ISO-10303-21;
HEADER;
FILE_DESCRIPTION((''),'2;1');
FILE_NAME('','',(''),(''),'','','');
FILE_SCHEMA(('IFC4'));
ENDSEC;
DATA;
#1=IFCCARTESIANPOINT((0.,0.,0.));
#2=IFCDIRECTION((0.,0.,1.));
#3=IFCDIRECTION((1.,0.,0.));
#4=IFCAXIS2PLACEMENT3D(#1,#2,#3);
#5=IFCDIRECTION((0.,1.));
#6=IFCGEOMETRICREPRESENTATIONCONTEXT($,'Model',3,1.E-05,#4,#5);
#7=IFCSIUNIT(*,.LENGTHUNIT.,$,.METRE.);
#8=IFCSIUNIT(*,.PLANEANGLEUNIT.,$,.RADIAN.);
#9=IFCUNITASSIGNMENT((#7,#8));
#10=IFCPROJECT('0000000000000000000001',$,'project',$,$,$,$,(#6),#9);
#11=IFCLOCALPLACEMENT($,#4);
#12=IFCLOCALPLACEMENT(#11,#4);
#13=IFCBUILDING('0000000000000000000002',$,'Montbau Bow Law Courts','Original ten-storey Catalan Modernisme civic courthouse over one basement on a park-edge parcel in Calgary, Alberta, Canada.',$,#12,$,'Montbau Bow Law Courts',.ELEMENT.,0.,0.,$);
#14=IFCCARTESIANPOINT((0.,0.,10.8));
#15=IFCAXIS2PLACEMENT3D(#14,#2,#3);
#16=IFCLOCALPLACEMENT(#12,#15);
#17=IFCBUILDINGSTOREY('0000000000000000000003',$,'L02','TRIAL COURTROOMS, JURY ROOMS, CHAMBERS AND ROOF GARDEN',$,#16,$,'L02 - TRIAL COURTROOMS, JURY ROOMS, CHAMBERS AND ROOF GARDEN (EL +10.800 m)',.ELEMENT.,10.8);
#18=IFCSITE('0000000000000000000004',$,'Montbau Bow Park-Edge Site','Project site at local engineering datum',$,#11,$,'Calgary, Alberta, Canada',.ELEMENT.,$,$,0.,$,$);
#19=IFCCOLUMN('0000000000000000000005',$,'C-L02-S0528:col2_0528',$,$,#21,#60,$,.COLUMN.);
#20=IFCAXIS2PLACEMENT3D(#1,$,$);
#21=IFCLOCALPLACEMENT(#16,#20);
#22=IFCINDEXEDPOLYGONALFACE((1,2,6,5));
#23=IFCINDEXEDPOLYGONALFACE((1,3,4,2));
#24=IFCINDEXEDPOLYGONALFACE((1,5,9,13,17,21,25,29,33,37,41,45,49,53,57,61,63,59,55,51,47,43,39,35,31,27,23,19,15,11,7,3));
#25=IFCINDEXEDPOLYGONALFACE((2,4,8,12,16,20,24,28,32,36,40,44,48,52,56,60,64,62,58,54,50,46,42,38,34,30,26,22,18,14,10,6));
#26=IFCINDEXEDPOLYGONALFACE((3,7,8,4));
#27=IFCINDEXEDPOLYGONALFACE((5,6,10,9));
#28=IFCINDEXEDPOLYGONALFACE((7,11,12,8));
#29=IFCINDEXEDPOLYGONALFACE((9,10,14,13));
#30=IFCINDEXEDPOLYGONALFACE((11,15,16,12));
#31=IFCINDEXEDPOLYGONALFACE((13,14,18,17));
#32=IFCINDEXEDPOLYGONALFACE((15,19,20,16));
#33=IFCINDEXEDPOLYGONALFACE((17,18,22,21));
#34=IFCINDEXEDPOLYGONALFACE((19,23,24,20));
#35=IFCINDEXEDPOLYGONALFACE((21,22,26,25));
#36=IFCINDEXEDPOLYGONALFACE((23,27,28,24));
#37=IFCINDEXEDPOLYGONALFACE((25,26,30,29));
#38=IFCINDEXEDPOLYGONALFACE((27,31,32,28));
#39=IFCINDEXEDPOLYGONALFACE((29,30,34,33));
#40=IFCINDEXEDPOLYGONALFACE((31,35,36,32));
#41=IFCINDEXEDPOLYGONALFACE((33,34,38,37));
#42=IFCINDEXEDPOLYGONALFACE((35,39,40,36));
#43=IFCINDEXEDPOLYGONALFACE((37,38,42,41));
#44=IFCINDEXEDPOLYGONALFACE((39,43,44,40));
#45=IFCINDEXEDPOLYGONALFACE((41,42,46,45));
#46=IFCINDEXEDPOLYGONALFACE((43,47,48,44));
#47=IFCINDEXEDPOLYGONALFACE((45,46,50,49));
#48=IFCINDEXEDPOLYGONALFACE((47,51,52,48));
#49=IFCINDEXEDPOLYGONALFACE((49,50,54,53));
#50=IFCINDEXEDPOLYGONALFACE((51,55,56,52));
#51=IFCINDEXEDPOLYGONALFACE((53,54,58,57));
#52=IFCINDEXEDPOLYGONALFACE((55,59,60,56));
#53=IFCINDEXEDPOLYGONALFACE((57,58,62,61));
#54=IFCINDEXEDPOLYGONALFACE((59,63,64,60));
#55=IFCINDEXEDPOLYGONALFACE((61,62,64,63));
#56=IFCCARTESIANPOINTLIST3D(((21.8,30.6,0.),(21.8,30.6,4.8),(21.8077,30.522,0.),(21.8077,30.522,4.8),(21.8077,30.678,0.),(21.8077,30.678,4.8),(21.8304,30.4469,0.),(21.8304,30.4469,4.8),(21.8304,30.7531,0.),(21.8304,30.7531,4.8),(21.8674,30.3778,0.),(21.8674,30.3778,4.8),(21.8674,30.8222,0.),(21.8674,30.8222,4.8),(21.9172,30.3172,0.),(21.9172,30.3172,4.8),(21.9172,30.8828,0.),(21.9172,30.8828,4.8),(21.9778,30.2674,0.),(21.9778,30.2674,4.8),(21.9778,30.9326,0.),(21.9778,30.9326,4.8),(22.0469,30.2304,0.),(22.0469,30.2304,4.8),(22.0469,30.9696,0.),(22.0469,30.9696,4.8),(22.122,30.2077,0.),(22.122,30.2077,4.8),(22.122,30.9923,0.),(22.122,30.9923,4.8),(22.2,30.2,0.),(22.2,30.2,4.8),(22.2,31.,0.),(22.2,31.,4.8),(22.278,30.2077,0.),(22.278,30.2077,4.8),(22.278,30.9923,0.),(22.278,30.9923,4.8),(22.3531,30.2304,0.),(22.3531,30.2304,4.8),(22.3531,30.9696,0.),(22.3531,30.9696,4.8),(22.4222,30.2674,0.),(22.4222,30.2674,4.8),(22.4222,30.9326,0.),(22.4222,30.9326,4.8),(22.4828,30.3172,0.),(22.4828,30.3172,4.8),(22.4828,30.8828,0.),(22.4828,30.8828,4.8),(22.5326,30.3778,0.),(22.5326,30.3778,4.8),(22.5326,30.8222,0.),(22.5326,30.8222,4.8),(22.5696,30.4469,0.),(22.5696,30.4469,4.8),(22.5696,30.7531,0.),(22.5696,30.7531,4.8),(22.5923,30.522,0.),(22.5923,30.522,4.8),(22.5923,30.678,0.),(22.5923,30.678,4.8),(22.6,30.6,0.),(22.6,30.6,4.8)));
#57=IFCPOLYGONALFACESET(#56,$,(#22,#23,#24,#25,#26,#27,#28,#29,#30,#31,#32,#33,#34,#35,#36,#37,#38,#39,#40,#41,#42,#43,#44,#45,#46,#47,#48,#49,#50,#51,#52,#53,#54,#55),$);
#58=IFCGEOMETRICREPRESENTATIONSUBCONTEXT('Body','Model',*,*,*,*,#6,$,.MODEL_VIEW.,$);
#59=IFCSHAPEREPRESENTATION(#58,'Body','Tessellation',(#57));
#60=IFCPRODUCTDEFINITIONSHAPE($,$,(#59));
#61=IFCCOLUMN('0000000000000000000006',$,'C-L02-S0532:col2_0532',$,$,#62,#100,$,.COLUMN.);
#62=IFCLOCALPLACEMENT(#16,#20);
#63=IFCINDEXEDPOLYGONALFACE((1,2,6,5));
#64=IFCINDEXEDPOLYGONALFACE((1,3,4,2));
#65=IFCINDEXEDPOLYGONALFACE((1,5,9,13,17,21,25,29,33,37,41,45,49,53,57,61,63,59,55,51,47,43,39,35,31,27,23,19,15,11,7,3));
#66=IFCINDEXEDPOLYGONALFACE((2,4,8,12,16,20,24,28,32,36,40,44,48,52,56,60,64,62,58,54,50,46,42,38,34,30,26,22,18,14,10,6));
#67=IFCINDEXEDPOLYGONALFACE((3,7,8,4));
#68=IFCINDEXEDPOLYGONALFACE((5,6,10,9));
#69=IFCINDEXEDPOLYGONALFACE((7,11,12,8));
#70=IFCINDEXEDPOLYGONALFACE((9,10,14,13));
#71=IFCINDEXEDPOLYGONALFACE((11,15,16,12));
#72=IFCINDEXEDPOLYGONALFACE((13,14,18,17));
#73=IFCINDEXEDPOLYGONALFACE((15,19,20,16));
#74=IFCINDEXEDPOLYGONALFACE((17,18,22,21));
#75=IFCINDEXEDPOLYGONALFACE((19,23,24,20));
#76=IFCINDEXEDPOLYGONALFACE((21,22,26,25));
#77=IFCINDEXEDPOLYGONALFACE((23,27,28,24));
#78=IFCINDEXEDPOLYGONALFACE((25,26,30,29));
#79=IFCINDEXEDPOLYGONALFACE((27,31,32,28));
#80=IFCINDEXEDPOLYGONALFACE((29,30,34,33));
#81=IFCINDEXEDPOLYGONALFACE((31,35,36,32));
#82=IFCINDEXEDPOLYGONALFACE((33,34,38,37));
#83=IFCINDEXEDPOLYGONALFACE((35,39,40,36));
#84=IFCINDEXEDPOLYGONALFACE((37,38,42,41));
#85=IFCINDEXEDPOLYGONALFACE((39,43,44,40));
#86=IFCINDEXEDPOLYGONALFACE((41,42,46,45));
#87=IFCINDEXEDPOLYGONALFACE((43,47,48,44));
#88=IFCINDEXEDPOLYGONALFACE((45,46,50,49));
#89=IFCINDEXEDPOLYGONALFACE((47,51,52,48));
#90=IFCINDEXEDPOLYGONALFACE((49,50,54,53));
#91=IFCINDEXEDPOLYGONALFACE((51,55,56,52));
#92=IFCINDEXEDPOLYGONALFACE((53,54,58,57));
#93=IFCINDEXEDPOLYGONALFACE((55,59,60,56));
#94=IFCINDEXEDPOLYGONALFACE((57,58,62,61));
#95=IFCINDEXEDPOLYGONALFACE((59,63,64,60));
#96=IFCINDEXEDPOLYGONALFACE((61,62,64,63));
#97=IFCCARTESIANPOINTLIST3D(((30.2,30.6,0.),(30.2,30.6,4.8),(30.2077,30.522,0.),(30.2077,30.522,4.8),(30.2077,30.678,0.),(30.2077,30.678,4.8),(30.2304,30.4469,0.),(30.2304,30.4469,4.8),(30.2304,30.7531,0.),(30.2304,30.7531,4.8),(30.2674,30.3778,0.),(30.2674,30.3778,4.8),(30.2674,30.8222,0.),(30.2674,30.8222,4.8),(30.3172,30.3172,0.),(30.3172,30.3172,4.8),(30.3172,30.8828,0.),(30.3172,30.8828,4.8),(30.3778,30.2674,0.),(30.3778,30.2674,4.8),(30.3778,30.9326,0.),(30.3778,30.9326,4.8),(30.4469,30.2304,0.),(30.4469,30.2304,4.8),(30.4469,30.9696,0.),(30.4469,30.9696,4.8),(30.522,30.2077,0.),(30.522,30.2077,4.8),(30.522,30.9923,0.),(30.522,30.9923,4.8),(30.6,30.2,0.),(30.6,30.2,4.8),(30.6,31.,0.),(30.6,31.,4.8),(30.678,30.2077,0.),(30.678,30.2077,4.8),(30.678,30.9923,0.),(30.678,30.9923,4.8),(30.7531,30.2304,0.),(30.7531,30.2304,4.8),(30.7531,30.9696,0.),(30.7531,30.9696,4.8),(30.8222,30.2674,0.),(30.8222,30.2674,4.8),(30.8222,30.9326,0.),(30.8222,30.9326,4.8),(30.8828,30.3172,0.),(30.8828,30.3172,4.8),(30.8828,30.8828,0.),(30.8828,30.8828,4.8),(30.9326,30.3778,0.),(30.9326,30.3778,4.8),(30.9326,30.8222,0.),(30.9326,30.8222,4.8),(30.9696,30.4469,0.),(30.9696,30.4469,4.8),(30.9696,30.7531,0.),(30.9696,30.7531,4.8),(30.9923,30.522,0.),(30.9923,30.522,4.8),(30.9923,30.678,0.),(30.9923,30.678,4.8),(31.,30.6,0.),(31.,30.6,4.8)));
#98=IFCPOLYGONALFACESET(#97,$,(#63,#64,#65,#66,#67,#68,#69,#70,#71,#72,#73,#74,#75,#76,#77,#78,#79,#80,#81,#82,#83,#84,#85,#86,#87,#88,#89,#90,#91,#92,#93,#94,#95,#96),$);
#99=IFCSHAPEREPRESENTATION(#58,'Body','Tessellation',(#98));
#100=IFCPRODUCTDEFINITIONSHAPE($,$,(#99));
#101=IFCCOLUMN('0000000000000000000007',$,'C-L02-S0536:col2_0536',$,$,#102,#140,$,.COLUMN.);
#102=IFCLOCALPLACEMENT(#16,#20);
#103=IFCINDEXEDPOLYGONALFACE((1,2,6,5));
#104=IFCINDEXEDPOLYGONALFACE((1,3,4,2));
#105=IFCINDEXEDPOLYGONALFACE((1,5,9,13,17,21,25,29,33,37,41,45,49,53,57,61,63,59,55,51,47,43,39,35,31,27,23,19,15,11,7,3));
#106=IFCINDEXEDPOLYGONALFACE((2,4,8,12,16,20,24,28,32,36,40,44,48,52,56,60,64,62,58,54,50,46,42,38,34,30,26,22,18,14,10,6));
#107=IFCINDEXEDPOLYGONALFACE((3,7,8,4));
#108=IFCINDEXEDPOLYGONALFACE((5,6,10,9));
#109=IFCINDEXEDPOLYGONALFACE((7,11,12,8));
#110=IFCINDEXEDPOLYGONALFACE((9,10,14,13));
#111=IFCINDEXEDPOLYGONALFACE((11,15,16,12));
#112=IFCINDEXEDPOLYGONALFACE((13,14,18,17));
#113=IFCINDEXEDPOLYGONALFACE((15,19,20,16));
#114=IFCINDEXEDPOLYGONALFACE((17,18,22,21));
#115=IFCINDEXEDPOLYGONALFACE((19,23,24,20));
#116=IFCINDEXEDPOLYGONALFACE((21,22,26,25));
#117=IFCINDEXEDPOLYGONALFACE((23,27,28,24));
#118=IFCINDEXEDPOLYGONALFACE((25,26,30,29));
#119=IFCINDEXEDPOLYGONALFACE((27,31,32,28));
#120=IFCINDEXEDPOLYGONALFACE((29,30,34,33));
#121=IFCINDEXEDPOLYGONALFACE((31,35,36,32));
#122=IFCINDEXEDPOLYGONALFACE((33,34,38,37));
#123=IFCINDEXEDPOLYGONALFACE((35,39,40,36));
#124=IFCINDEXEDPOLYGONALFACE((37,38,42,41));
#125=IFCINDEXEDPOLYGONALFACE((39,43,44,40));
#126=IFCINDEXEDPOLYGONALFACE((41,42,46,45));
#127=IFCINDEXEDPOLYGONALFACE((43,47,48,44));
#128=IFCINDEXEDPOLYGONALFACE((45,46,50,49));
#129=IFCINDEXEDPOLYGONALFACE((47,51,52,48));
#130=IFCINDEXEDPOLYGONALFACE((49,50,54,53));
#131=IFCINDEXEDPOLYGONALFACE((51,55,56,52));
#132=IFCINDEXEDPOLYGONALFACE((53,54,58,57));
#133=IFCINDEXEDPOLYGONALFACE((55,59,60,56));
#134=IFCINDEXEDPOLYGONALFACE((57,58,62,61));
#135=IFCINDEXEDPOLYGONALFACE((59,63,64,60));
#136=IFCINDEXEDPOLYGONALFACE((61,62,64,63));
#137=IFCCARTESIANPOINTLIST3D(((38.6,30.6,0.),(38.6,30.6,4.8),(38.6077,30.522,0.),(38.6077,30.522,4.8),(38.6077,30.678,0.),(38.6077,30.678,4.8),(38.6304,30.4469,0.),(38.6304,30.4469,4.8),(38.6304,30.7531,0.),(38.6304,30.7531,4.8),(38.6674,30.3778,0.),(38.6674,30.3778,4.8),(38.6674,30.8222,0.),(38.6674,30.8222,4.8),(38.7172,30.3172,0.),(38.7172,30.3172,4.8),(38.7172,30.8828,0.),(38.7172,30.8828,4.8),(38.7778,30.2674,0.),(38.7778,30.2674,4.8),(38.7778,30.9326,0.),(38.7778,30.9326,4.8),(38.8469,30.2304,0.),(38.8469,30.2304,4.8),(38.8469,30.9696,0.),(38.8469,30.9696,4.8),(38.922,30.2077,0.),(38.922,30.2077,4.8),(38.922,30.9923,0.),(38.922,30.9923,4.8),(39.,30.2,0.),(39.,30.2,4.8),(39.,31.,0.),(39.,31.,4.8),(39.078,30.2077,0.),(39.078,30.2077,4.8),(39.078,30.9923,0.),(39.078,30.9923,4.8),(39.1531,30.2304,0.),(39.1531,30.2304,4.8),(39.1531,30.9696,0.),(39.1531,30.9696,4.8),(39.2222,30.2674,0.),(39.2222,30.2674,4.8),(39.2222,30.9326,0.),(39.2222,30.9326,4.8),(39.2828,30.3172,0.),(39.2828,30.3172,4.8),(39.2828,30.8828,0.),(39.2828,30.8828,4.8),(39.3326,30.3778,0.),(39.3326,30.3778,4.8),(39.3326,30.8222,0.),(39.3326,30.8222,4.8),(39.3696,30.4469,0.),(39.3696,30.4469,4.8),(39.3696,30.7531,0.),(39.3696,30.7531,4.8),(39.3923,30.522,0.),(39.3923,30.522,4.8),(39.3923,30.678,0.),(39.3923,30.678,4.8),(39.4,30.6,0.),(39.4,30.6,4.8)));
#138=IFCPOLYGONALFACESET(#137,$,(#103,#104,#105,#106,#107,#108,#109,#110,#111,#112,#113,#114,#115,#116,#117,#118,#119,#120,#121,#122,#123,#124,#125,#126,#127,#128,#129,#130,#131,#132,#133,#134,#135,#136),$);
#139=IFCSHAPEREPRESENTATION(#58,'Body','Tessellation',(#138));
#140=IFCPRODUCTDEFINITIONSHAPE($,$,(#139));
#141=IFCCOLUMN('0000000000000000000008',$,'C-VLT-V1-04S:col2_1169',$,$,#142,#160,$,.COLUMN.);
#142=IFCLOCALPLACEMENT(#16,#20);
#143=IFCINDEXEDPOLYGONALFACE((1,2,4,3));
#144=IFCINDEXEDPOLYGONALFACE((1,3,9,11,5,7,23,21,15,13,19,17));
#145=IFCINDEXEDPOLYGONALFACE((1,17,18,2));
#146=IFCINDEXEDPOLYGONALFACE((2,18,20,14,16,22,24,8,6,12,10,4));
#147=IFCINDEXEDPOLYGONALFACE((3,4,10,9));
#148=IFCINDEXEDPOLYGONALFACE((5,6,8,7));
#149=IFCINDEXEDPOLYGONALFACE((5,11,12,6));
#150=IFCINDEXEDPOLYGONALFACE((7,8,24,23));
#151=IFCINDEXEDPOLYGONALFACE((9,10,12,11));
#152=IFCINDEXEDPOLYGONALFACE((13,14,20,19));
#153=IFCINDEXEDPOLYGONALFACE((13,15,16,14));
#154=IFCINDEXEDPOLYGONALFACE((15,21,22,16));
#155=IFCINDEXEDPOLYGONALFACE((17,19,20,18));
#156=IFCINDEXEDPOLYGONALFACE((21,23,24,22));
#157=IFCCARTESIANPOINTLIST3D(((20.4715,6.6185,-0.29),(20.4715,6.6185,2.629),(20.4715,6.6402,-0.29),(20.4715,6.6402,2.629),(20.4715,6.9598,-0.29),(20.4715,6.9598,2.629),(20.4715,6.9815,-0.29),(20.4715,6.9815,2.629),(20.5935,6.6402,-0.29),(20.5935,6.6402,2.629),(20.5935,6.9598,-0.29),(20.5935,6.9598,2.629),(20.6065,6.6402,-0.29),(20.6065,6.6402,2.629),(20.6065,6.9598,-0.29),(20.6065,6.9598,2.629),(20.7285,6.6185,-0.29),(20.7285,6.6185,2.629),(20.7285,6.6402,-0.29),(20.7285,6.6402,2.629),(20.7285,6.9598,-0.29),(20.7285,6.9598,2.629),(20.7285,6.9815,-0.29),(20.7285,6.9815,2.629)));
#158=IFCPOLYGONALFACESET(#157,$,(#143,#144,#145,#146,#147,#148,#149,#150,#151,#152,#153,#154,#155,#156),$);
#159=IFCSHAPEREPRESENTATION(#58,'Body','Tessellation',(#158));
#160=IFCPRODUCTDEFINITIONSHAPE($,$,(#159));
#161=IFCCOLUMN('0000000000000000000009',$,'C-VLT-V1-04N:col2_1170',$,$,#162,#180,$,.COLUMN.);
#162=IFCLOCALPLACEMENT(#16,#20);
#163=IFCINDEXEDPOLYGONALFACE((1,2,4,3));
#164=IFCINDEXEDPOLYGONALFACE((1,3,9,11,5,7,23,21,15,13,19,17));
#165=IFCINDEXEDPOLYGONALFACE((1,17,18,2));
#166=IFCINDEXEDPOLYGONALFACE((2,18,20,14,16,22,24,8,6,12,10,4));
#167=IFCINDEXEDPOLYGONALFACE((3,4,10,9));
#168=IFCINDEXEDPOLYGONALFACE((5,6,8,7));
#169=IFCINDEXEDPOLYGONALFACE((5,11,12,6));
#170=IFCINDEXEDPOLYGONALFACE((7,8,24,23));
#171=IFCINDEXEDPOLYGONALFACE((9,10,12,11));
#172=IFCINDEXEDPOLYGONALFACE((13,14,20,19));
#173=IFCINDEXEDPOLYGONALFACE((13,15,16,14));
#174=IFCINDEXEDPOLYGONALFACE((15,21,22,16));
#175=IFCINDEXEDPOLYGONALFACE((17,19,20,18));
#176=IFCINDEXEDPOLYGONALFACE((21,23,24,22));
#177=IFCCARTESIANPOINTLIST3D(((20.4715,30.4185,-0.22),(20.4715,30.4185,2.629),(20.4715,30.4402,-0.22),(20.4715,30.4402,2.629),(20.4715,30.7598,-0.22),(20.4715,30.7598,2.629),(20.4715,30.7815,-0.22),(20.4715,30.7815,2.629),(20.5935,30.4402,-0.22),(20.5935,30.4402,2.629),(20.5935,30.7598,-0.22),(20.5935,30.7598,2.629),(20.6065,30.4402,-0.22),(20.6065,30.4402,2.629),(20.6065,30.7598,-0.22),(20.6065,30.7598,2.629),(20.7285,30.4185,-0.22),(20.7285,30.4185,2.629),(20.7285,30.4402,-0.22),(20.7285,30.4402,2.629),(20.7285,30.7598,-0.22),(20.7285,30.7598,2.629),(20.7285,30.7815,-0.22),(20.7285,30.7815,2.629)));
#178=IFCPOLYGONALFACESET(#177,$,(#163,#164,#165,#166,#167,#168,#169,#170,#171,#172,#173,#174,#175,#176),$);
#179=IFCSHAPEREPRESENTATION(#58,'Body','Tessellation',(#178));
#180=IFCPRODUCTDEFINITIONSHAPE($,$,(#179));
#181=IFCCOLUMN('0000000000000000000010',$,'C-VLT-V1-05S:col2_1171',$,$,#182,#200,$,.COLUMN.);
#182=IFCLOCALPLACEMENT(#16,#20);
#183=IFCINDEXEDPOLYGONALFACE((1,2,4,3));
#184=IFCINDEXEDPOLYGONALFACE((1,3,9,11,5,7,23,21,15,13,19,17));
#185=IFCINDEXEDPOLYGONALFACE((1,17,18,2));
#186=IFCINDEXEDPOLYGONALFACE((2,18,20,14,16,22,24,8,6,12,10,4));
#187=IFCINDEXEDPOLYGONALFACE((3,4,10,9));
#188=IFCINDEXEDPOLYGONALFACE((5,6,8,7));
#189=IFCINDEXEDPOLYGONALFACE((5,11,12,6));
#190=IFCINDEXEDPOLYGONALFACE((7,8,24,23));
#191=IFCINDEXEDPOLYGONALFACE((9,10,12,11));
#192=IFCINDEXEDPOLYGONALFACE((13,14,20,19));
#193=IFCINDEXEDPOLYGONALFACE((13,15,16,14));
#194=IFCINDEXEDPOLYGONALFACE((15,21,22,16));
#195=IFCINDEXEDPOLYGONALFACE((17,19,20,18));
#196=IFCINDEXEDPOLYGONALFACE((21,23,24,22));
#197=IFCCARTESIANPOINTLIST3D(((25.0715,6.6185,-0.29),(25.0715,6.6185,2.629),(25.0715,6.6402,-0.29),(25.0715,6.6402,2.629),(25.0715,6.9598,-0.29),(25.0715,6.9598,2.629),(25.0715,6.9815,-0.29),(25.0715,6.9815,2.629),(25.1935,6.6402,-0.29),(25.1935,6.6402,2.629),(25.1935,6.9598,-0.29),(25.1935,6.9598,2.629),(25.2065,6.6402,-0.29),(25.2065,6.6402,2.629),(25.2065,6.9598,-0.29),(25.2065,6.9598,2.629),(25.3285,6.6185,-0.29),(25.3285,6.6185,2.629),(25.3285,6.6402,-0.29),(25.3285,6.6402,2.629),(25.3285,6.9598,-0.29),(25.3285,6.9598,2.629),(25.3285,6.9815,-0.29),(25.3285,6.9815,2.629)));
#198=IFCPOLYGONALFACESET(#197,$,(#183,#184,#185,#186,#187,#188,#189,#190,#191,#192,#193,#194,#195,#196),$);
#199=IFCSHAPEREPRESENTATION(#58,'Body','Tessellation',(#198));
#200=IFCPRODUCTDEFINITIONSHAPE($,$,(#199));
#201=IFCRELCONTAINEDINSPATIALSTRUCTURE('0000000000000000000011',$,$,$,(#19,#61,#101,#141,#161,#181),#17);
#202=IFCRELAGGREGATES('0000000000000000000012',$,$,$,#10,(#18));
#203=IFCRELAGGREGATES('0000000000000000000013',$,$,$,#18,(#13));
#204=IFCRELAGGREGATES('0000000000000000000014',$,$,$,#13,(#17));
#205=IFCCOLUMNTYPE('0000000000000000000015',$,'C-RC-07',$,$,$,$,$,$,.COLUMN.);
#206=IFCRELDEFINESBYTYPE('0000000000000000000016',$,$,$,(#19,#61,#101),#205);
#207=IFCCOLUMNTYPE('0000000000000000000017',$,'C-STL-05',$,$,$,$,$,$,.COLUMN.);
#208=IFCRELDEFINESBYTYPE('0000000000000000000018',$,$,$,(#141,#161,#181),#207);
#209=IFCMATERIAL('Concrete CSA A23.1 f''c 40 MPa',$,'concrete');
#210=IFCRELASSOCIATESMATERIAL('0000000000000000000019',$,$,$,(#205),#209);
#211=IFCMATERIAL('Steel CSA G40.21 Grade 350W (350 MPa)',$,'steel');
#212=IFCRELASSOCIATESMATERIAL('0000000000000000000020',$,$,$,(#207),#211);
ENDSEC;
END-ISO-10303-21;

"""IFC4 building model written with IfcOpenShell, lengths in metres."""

from ifc_helpers import new_model, si_unit, direction, frame, origin_with_axes, origin_2d_with_axis, place, context, subcontext, project, spatial, circle, i_section, extrude, material, material_profile, profile_set, type_object, element, save


model = new_model("IFC4")

# Units and contexts
model_context = context("Model", 3, precision=1e-05, world=origin_with_axes(), true_north=direction((0.0, 1.0)))
body_context = subcontext(model_context, "Body", "Model", "MODEL_VIEW")
ifc_project = project(units=[si_unit("LENGTHUNIT", "METRE"), si_unit("PLANEANGLEUNIT", "RADIAN")], contexts=[model_context])

# Site, building, storey
site_placement = place(None, origin_with_axes())
site = spatial("IfcSite", under=ifc_project, at=site_placement, Name="Montbau Bow Park-Edge Site", Description="Project site at local engineering datum", LongName="Calgary, Alberta, Canada", CompositionType="ELEMENT", RefElevation=0.0)
building_placement = place(site_placement, origin_with_axes())
building = spatial("IfcBuilding", under=site, at=building_placement, Name="Montbau Bow Law Courts", Description="Original ten-storey Catalan Modernisme civic courthouse over one basement on a park-edge parcel in Calgary, Alberta, Canada.", LongName="Montbau Bow Law Courts", CompositionType="ELEMENT", ElevationOfRefHeight=0.0, ElevationOfTerrain=0.0)
storey_placement = place(building_placement, frame((0.0, 0.0, 10.8), z_axis=(0.0, 0.0, 1.0), x_axis=(1.0, 0.0, 0.0)))
storey = spatial("IfcBuildingStorey", under=building, at=storey_placement, Name="L02", Description="TRIAL COURTROOMS, JURY ROOMS, CHAMBERS AND ROOF GARDEN", LongName="L02 - TRIAL COURTROOMS, JURY ROOMS, CHAMBERS AND ROOF GARDEN (EL +10.800 m)", CompositionType="ELEMENT", Elevation=10.8)

# Columns
ifc_material_1 = material(Name="Concrete CSA A23.1 f'c 40 MPa", Category="concrete")
ifc_material_profile_1 = material_profile(ifc_material_1, circle(Radius=0.4, at=origin_2d_with_axis()), Name="RC800D", Category="Main", Priority=0)
ifc_profile_set_1 = profile_set([ifc_material_profile_1], Name="Concrete CSA A23.1 f'c 40 MPa")
column_type_1 = type_object("IfcColumnType", Name="C-RC-07", PredefinedType="COLUMN", material=ifc_profile_set_1)
for number, where, z_axis, x_axis, name in (
    (1, (22.2, 30.6, 10.8), (0.0, 0.0, 1.0), (1.0, 0.0, 0.0), "C-L02-S0528:col2_0528"),
    (2, (30.6, 30.6, 10.8), (0.0, 0.0, 1.0), (1.0, 0.0, 0.0), "C-L02-S0532:col2_0532"),
    (3, (39.0, 30.6, 10.8), (0.0, 0.0, 1.0), (1.0, 0.0, 0.0), "C-L02-S0536:col2_0536"),
):
    element("IfcColumn", number, at=place(None, frame(where, z_axis=z_axis, x_axis=x_axis)), inside=storey, type_object=column_type_1, Name=name, PredefinedType="COLUMN", context=body_context, shape_type="SweptSolid", body=[
        extrude(circle(Radius=0.4, at=origin_2d_with_axis()), origin_with_axes(), (0.0, 0.0, 1.0), 4.8),
    ])
ifc_material_2 = material(Name="Steel CSA G40.21 Grade 350W (350 MPa)", Category="steel")
ifc_material_profile_2 = material_profile(ifc_material_2, i_section(OverallWidth=0.257, OverallDepth=0.363, WebThickness=0.013, FlangeThickness=0.0217, at=origin_2d_with_axis()), Name="W360X122", Category="Main", Priority=0)
ifc_profile_set_2 = profile_set([ifc_material_profile_2], Name="Steel CSA G40.21 Grade 350W (350 MPa)")
column_type_2 = type_object("IfcColumnType", Name="C-STL-05", PredefinedType="COLUMN", material=ifc_profile_set_2)
column_1_placement = place(None, frame((20.6, 6.8, 10.51), z_axis=(0.0, 0.0, 1.0), x_axis=(1.0, 0.0, 0.0)))
element("IfcColumn", 4, at=column_1_placement, inside=storey, type_object=column_type_2, Name="C-VLT-V1-04S:col2_1169", PredefinedType="COLUMN", context=body_context, shape_type="SweptSolid", body=[
    extrude(i_section(OverallWidth=0.257, OverallDepth=0.363, WebThickness=0.013, FlangeThickness=0.0217, at=origin_2d_with_axis()), origin_with_axes(), (0.0, 0.0, 1.0), 2.919),
])
column_2_placement = place(None, frame((20.6, 30.6, 10.58), z_axis=(0.0, 0.0, 1.0), x_axis=(1.0, 0.0, 0.0)))
element("IfcColumn", 5, at=column_2_placement, inside=storey, type_object=column_type_2, Name="C-VLT-V1-04N:col2_1170", PredefinedType="COLUMN", context=body_context, shape_type="SweptSolid", body=[
    extrude(i_section(OverallWidth=0.257, OverallDepth=0.363, WebThickness=0.013, FlangeThickness=0.0217, at=origin_2d_with_axis()), origin_with_axes(), (0.0, 0.0, 1.0), 2.849),
])
column_3_placement = place(None, frame((25.2, 6.8, 10.51), z_axis=(0.0, 0.0, 1.0), x_axis=(1.0, 0.0, 0.0)))
element("IfcColumn", 6, at=column_3_placement, inside=storey, type_object=column_type_2, Name="C-VLT-V1-05S:col2_1171", PredefinedType="COLUMN", context=body_context, shape_type="SweptSolid", body=[
    extrude(i_section(OverallWidth=0.257, OverallDepth=0.363, WebThickness=0.013, FlangeThickness=0.0217, at=origin_2d_with_axis()), origin_with_axes(), (0.0, 0.0, 1.0), 2.919),
])

save(model, "model.ifc")
